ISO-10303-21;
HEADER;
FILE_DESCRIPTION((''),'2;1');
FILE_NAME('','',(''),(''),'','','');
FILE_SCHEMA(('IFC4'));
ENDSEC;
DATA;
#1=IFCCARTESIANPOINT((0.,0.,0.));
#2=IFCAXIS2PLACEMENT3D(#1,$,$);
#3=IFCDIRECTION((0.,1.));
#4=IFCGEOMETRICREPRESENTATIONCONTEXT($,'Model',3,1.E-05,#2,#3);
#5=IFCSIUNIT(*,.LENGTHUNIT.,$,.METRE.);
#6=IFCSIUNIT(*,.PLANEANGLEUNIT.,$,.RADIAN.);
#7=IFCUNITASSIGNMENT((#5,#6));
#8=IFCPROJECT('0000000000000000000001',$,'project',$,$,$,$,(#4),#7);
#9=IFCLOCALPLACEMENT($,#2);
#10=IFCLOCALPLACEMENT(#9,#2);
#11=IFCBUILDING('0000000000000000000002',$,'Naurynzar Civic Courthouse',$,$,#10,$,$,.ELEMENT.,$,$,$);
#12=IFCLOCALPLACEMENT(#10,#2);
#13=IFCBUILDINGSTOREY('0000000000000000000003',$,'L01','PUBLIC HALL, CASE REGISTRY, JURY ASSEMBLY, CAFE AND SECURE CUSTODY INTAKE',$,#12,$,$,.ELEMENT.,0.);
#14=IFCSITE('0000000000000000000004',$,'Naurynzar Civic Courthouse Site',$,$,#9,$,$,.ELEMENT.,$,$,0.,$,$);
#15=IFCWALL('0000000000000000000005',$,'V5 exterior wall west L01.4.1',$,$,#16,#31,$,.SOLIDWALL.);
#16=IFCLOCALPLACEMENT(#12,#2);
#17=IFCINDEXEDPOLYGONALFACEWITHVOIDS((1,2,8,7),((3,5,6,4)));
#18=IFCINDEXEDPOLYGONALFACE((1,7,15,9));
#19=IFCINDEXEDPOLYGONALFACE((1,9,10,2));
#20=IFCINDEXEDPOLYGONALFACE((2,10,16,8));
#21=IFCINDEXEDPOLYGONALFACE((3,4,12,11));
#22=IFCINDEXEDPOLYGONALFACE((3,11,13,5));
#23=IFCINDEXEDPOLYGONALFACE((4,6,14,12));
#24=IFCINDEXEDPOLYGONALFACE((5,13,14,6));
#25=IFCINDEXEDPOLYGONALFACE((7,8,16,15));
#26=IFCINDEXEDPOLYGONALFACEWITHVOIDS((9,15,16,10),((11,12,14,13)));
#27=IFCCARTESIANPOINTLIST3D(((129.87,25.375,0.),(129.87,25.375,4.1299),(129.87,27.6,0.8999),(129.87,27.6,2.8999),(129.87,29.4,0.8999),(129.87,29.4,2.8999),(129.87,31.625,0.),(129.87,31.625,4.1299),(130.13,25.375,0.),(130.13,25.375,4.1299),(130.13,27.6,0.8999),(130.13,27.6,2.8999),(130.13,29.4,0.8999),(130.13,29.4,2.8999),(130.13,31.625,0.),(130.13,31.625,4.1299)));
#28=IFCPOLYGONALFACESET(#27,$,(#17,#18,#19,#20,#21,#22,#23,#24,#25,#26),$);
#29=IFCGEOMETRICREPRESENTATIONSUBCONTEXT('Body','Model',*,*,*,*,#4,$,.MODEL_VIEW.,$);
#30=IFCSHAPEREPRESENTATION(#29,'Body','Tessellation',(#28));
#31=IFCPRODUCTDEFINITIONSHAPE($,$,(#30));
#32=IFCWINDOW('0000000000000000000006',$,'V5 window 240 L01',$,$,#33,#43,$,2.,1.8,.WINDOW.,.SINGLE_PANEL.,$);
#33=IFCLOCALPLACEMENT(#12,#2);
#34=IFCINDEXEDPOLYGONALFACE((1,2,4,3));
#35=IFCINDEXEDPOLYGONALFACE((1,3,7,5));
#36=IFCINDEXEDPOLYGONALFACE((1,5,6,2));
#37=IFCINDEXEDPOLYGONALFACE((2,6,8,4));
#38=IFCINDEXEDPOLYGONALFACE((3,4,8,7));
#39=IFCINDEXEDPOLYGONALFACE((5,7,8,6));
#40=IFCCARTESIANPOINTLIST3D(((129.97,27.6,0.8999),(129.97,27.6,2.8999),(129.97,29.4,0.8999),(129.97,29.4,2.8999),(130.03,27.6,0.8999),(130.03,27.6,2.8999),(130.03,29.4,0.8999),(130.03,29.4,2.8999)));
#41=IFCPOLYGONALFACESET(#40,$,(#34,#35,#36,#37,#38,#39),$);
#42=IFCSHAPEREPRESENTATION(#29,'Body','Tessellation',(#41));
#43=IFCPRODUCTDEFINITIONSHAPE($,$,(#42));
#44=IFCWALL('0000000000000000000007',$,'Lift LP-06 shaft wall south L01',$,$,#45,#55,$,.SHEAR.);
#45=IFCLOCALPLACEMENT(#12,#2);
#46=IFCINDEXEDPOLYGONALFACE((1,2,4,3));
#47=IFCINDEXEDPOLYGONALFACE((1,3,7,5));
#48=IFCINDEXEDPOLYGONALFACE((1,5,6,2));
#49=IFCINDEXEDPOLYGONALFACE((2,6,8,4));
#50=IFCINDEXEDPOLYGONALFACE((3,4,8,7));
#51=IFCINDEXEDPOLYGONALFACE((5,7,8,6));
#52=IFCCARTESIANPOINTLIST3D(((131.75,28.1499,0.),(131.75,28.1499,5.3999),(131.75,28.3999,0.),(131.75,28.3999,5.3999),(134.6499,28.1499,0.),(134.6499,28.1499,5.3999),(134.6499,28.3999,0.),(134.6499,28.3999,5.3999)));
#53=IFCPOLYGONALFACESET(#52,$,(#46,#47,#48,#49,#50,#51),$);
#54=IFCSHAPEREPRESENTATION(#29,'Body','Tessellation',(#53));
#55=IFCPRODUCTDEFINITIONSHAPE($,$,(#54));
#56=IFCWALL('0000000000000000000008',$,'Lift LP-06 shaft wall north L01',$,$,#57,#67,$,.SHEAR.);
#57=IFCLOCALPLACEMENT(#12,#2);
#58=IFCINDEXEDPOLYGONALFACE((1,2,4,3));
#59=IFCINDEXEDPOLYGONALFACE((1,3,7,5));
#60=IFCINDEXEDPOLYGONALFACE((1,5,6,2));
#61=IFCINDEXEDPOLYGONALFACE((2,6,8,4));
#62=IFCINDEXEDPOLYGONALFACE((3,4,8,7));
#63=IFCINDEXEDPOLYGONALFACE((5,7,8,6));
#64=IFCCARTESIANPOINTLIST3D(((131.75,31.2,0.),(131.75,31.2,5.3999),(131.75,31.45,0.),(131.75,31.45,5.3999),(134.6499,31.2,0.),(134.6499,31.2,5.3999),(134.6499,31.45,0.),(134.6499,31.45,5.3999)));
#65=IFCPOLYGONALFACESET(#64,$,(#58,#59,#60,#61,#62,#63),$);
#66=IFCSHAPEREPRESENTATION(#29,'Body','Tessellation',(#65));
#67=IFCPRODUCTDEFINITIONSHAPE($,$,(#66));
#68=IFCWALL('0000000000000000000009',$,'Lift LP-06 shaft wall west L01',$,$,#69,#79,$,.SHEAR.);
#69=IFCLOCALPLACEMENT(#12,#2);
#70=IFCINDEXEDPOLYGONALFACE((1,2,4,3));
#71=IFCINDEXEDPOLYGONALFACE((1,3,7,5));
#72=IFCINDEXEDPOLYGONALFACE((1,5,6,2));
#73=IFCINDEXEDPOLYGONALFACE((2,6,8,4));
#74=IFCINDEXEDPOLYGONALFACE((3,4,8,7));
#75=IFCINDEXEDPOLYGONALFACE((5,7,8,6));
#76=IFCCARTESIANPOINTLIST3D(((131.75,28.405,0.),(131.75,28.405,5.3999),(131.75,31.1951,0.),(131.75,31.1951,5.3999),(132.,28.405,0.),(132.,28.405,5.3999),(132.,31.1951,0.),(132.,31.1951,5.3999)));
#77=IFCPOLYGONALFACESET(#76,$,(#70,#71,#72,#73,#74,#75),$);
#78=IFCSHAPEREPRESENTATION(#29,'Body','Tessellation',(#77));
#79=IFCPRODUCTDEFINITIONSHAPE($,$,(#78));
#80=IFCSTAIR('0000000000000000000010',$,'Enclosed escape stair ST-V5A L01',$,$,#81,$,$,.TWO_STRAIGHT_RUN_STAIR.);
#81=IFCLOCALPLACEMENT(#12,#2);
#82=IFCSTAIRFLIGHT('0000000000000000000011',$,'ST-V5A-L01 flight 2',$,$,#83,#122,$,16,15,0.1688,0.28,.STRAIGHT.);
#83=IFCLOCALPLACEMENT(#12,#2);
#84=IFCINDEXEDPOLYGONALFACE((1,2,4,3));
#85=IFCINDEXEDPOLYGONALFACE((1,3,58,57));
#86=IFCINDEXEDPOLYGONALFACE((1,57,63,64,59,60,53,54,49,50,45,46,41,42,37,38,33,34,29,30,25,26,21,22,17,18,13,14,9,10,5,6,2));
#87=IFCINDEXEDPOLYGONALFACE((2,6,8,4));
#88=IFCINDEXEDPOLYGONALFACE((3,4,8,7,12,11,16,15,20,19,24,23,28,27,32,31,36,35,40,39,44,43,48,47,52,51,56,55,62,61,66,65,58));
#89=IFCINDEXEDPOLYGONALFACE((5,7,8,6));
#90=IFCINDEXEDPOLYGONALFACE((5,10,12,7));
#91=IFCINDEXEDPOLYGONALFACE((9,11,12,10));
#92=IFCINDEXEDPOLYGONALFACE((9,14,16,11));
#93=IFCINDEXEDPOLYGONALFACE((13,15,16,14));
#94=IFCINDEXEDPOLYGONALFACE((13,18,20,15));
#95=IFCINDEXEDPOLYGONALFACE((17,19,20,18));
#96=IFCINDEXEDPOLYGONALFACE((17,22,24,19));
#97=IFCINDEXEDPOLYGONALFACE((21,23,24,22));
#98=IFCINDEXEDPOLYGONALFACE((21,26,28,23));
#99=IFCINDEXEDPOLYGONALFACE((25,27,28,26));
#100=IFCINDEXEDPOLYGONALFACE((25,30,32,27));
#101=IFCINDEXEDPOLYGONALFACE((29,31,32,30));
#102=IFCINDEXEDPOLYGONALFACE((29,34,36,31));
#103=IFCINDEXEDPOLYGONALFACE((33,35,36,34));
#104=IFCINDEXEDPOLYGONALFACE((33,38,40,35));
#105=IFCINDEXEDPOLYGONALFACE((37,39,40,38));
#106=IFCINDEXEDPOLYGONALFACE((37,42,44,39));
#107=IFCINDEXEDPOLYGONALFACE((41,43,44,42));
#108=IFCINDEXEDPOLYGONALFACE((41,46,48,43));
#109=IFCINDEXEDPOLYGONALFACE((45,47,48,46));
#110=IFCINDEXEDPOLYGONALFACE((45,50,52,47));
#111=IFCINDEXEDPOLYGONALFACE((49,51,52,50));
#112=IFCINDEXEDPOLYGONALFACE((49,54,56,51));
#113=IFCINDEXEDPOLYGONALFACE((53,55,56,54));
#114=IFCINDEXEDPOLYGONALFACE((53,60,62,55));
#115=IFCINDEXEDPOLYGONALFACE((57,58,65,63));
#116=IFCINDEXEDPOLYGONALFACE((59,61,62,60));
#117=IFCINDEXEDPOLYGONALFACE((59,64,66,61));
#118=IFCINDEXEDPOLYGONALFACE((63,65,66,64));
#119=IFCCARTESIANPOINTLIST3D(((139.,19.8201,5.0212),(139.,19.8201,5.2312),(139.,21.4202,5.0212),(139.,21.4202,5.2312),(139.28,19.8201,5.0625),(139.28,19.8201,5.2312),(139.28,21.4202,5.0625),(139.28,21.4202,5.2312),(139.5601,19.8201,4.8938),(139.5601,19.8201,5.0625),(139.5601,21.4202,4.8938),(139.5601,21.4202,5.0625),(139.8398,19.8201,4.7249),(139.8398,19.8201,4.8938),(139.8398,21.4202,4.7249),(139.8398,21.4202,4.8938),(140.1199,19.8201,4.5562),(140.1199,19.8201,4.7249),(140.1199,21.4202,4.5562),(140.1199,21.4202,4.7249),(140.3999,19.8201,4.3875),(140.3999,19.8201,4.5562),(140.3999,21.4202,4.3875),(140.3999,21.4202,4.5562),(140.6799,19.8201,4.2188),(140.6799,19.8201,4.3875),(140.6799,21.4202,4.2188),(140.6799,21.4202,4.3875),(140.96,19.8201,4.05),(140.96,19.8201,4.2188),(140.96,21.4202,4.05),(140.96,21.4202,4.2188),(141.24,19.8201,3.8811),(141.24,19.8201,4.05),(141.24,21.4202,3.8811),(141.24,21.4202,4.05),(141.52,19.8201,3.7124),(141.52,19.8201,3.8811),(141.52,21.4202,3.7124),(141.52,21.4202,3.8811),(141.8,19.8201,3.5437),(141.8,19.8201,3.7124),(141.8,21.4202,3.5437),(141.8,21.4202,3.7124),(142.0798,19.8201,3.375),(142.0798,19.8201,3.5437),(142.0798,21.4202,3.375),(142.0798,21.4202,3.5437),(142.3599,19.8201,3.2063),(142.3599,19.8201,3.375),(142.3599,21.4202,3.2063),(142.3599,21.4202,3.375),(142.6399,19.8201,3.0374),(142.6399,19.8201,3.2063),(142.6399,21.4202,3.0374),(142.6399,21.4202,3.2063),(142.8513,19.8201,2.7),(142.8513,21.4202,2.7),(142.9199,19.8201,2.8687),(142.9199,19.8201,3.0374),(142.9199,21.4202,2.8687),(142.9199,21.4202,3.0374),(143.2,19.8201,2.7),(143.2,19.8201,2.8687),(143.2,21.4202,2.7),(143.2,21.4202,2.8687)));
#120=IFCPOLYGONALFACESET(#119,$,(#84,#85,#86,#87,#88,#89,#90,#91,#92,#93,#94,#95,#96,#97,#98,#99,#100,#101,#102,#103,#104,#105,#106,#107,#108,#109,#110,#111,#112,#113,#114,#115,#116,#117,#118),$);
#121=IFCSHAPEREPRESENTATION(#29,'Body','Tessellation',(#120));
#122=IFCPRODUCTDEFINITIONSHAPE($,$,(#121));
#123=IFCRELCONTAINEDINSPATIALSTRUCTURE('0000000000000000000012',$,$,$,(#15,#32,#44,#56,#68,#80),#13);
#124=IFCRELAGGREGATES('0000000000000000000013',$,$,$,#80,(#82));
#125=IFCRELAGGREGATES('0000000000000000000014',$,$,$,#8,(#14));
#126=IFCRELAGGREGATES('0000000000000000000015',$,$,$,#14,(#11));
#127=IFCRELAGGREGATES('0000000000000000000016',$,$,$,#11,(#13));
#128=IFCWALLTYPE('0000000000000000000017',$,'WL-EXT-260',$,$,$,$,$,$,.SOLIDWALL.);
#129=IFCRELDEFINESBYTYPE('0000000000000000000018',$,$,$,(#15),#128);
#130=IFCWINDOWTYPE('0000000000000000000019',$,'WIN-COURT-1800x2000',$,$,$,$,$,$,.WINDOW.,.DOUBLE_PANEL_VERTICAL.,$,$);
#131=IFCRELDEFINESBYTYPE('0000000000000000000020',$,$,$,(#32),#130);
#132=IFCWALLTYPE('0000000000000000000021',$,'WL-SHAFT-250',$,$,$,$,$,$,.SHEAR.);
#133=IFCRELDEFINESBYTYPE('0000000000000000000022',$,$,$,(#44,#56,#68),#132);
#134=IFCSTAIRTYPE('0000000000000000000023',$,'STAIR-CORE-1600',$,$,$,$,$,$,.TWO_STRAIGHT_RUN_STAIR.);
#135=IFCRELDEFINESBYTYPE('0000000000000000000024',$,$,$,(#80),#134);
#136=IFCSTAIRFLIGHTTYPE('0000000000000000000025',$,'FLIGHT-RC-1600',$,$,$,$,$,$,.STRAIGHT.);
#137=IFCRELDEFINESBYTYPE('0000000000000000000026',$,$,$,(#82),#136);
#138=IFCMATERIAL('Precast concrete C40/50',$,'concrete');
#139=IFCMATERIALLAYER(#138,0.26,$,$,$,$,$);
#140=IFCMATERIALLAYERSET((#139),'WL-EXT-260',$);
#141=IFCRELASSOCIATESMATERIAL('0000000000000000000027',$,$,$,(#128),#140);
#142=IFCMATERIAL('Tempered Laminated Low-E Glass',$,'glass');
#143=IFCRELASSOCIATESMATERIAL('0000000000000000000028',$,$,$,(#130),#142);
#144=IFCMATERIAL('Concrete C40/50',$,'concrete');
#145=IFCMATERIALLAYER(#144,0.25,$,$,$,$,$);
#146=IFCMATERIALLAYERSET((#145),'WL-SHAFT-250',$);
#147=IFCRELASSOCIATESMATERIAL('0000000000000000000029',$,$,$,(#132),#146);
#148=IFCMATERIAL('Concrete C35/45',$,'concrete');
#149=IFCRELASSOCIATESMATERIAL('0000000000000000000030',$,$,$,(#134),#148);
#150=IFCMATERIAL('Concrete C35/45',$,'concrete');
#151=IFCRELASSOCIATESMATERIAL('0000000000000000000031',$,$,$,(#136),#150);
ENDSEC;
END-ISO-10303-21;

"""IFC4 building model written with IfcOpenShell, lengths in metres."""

from ifc_helpers import new_model, si_unit, direction, frame, frame_2d, origin, place, context, subcontext, project, spatial, polyline, rectangle, outline, extrude, material, layer, layer_set, type_object, element, fill, aggregate, save


model = new_model("IFC4")

# Units and contexts
model_context = context("Model", 3, precision=1e-05, world=origin(), true_north=direction((0.0, 1.0)))
body_context = subcontext(model_context, "Body", "Model", "MODEL_VIEW")
ifc_project = project(units=[si_unit("LENGTHUNIT", "METRE"), si_unit("PLANEANGLEUNIT", "RADIAN")], contexts=[model_context])

# Site, building, storey
site_placement = place(None, origin())
site = spatial("IfcSite", under=ifc_project, at=site_placement, Name="Naurynzar Civic Courthouse Site", CompositionType="ELEMENT", RefElevation=0.0)
building_placement = place(site_placement, origin())
building = spatial("IfcBuilding", under=site, at=building_placement, Name="Naurynzar Civic Courthouse", CompositionType="ELEMENT")
storey_placement = place(building_placement, origin())
storey = spatial("IfcBuildingStorey", under=building, at=storey_placement, Name="L01", Description="PUBLIC HALL, CASE REGISTRY, JURY ASSEMBLY, CAFE AND SECURE CUSTODY INTAKE", CompositionType="ELEMENT", Elevation=0.0)

# Wall, opening, window
ifc_material_1 = material(Name="Precast concrete C40/50", Category="concrete")
ifc_layer_1 = layer(ifc_material_1, 0.26)
ifc_layer_set_1 = layer_set([ifc_layer_1], Name="WL-EXT-260")
wall_type_1 = type_object("IfcWallType", Name="WL-EXT-260", PredefinedType="SOLIDWALL", material=ifc_layer_set_1)
wall_1_placement = place(storey_placement, frame((130.0, 25.375, 0.0), z_axis=(0.0, 0.0, 1.0), x_axis=(0.0, 1.0, 0.0)))
wall_1 = element("IfcWall", 1, at=wall_1_placement, inside=storey, type_object=wall_type_1, Name="V5 exterior wall west L01.4.1", PredefinedType="SOLIDWALL", context=body_context, shape_type="SweptSolid", body=[
    extrude(rectangle(XDim=6.25, YDim=0.26, at=frame_2d((3.125, 0.0))), origin(), (0.0, 0.0, 1.0), 4.1299),
])
opening_1_placement = place(wall_1_placement, frame((2.2251, 0.0, 0.8999)))
opening_1 = element("IfcOpeningElement", 2, at=opening_1_placement, cuts=wall_1, PredefinedType="OPENING", context=body_context, shape_type="SweptSolid", body=[
    extrude(rectangle(XDim=1.8, YDim=2.0, at=frame_2d((0.8999, 1.0))), frame((0.0, 0.1399, 0.0), z_axis=(0.0, -1.0, 0.0), x_axis=(1.0, 0.0, 0.0)), (0.0, 0.0, 1.0), 0.28),
])
ifc_material_2 = material(Name="Tempered Laminated Low-E Glass", Category="glass")
window_type = type_object("IfcWindowType", Name="WIN-COURT-1800x2000", PartitioningType="DOUBLE_PANEL_VERTICAL", PredefinedType="WINDOW", material=ifc_material_2)
window_placement = place(opening_1_placement, origin())
window = element("IfcWindow", 3, at=window_placement, inside=storey, type_object=window_type, Name="V5 window 240 L01", OverallHeight=2.0, OverallWidth=1.8, PartitioningType="SINGLE_PANEL", PredefinedType="WINDOW", context=body_context, shape_type="SweptSolid", body=[
    extrude(rectangle(XDim=1.8, YDim=2.0, at=frame_2d((0.8999, 1.0))), frame((0.0, 0.03, 0.0), z_axis=(0.0, -1.0, 0.0), x_axis=(1.0, 0.0, 0.0)), (0.0, 0.0, 1.0), 0.0601),
])
fill(opening_1, window)

# Walls
ifc_material_3 = material(Name="Concrete C40/50", Category="concrete")
ifc_layer_2 = layer(ifc_material_3, 0.25)
ifc_layer_set_2 = layer_set([ifc_layer_2], Name="WL-SHAFT-250")
wall_type_2 = type_object("IfcWallType", Name="WL-SHAFT-250", PredefinedType="SHEAR", material=ifc_layer_set_2)
for number, where, z_axis, x_axis, name in (
    (4, (131.75, 28.2749, 0.0), (0.0, 0.0, 1.0), (1.0, 0.0, 0.0), "Lift LP-06 shaft wall south L01"),
    (5, (134.6499, 31.325, 0.0), (0.0, 0.0, 1.0), (-1.0, 0.0, 0.0), "Lift LP-06 shaft wall north L01"),
):
    element("IfcWall", number, at=place(storey_placement, frame(where, z_axis=z_axis, x_axis=x_axis)), inside=storey, type_object=wall_type_2, Name=name, PredefinedType="SHEAR", context=body_context, shape_type="SweptSolid", body=[
        extrude(rectangle(XDim=2.8999, YDim=0.25, at=frame_2d((1.45, 0.0))), origin(), (0.0, 0.0, 1.0), 5.3999),
    ])
wall_2_placement = place(storey_placement, frame((131.875, 31.1951, 0.0), z_axis=(0.0, 0.0, 1.0), x_axis=(0.0, -1.0, 0.0)))
element("IfcWall", 6, at=wall_2_placement, inside=storey, type_object=wall_type_2, Name="Lift LP-06 shaft wall west L01", PredefinedType="SHEAR", context=body_context, shape_type="SweptSolid", body=[
    extrude(rectangle(XDim=2.79, YDim=0.25, at=frame_2d((1.395, 0.0))), origin(), (0.0, 0.0, 1.0), 5.3999),
])

# Stair, stair flight
ifc_material_4 = material(Name="Concrete C35/45", Category="concrete")
stair_type = type_object("IfcStairType", Name="STAIR-CORE-1600", PredefinedType="TWO_STRAIGHT_RUN_STAIR", material=ifc_material_4)
stair_placement = place(storey_placement, origin())
stair = element("IfcStair", 7, at=stair_placement, inside=storey, type_object=stair_type, Name="Enclosed escape stair ST-V5A L01", PredefinedType="TWO_STRAIGHT_RUN_STAIR")
ifc_material_5 = material(Name="Concrete C35/45", Category="concrete")
stair_flight_type = type_object("IfcStairFlightType", Name="FLIGHT-RC-1600", PredefinedType="STRAIGHT", material=ifc_material_5)
stair_flight_placement = place(storey_placement, frame((143.2, 20.6201, 2.7), z_axis=(0.0, 0.0, 1.0), x_axis=(-1.0, 0.0, 0.0)))
stair_flight = element("IfcStairFlight", 8, at=stair_flight_placement, type_object=stair_flight_type, Name="ST-V5A-L01 flight 2", NumberOfRisers=16, NumberOfTreads=15, PredefinedType="STRAIGHT", RiserHeight=0.1688, TreadLength=0.28, context=body_context, shape_type="SweptSolid", body=[
    extrude(outline(polyline([(0.0, 0.0), (0.0, 0.1687), (0.28, 0.1687), (0.28, 0.3374), (0.5601, 0.3374), (0.5601, 0.5063), (0.8401, 0.5063), (0.8401, 0.675), (1.1201, 0.675), (1.1201, 0.8438), (1.3999, 0.8438), (1.3999, 1.0125), (1.6799, 1.0125), (1.6799, 1.1812), (1.96, 1.1812), (1.96, 1.3501), (2.24, 1.3501), (2.24, 1.5188), (2.52, 1.5188), (2.52, 1.6875), (2.8, 1.6875), (2.8, 1.8562), (3.0801, 1.8562), (3.0801, 2.0249), (3.3601, 2.0249), (3.3601, 2.1938), (3.6399, 2.1938), (3.6399, 2.3625), (3.9199, 2.3625), (3.9199, 2.5312), (4.2, 2.5312), (4.2, 2.7), (4.2, 2.3213), (0.3486, 0.0), (0.0, 0.0)])), frame((0.0, 0.8, 0.0), z_axis=(0.0, -1.0, 0.0), x_axis=(1.0, 0.0, 0.0)), (0.0, 0.0, 1.0), 1.6001),
])
aggregate(stair, [stair_flight])

save(model, "model.ifc")
